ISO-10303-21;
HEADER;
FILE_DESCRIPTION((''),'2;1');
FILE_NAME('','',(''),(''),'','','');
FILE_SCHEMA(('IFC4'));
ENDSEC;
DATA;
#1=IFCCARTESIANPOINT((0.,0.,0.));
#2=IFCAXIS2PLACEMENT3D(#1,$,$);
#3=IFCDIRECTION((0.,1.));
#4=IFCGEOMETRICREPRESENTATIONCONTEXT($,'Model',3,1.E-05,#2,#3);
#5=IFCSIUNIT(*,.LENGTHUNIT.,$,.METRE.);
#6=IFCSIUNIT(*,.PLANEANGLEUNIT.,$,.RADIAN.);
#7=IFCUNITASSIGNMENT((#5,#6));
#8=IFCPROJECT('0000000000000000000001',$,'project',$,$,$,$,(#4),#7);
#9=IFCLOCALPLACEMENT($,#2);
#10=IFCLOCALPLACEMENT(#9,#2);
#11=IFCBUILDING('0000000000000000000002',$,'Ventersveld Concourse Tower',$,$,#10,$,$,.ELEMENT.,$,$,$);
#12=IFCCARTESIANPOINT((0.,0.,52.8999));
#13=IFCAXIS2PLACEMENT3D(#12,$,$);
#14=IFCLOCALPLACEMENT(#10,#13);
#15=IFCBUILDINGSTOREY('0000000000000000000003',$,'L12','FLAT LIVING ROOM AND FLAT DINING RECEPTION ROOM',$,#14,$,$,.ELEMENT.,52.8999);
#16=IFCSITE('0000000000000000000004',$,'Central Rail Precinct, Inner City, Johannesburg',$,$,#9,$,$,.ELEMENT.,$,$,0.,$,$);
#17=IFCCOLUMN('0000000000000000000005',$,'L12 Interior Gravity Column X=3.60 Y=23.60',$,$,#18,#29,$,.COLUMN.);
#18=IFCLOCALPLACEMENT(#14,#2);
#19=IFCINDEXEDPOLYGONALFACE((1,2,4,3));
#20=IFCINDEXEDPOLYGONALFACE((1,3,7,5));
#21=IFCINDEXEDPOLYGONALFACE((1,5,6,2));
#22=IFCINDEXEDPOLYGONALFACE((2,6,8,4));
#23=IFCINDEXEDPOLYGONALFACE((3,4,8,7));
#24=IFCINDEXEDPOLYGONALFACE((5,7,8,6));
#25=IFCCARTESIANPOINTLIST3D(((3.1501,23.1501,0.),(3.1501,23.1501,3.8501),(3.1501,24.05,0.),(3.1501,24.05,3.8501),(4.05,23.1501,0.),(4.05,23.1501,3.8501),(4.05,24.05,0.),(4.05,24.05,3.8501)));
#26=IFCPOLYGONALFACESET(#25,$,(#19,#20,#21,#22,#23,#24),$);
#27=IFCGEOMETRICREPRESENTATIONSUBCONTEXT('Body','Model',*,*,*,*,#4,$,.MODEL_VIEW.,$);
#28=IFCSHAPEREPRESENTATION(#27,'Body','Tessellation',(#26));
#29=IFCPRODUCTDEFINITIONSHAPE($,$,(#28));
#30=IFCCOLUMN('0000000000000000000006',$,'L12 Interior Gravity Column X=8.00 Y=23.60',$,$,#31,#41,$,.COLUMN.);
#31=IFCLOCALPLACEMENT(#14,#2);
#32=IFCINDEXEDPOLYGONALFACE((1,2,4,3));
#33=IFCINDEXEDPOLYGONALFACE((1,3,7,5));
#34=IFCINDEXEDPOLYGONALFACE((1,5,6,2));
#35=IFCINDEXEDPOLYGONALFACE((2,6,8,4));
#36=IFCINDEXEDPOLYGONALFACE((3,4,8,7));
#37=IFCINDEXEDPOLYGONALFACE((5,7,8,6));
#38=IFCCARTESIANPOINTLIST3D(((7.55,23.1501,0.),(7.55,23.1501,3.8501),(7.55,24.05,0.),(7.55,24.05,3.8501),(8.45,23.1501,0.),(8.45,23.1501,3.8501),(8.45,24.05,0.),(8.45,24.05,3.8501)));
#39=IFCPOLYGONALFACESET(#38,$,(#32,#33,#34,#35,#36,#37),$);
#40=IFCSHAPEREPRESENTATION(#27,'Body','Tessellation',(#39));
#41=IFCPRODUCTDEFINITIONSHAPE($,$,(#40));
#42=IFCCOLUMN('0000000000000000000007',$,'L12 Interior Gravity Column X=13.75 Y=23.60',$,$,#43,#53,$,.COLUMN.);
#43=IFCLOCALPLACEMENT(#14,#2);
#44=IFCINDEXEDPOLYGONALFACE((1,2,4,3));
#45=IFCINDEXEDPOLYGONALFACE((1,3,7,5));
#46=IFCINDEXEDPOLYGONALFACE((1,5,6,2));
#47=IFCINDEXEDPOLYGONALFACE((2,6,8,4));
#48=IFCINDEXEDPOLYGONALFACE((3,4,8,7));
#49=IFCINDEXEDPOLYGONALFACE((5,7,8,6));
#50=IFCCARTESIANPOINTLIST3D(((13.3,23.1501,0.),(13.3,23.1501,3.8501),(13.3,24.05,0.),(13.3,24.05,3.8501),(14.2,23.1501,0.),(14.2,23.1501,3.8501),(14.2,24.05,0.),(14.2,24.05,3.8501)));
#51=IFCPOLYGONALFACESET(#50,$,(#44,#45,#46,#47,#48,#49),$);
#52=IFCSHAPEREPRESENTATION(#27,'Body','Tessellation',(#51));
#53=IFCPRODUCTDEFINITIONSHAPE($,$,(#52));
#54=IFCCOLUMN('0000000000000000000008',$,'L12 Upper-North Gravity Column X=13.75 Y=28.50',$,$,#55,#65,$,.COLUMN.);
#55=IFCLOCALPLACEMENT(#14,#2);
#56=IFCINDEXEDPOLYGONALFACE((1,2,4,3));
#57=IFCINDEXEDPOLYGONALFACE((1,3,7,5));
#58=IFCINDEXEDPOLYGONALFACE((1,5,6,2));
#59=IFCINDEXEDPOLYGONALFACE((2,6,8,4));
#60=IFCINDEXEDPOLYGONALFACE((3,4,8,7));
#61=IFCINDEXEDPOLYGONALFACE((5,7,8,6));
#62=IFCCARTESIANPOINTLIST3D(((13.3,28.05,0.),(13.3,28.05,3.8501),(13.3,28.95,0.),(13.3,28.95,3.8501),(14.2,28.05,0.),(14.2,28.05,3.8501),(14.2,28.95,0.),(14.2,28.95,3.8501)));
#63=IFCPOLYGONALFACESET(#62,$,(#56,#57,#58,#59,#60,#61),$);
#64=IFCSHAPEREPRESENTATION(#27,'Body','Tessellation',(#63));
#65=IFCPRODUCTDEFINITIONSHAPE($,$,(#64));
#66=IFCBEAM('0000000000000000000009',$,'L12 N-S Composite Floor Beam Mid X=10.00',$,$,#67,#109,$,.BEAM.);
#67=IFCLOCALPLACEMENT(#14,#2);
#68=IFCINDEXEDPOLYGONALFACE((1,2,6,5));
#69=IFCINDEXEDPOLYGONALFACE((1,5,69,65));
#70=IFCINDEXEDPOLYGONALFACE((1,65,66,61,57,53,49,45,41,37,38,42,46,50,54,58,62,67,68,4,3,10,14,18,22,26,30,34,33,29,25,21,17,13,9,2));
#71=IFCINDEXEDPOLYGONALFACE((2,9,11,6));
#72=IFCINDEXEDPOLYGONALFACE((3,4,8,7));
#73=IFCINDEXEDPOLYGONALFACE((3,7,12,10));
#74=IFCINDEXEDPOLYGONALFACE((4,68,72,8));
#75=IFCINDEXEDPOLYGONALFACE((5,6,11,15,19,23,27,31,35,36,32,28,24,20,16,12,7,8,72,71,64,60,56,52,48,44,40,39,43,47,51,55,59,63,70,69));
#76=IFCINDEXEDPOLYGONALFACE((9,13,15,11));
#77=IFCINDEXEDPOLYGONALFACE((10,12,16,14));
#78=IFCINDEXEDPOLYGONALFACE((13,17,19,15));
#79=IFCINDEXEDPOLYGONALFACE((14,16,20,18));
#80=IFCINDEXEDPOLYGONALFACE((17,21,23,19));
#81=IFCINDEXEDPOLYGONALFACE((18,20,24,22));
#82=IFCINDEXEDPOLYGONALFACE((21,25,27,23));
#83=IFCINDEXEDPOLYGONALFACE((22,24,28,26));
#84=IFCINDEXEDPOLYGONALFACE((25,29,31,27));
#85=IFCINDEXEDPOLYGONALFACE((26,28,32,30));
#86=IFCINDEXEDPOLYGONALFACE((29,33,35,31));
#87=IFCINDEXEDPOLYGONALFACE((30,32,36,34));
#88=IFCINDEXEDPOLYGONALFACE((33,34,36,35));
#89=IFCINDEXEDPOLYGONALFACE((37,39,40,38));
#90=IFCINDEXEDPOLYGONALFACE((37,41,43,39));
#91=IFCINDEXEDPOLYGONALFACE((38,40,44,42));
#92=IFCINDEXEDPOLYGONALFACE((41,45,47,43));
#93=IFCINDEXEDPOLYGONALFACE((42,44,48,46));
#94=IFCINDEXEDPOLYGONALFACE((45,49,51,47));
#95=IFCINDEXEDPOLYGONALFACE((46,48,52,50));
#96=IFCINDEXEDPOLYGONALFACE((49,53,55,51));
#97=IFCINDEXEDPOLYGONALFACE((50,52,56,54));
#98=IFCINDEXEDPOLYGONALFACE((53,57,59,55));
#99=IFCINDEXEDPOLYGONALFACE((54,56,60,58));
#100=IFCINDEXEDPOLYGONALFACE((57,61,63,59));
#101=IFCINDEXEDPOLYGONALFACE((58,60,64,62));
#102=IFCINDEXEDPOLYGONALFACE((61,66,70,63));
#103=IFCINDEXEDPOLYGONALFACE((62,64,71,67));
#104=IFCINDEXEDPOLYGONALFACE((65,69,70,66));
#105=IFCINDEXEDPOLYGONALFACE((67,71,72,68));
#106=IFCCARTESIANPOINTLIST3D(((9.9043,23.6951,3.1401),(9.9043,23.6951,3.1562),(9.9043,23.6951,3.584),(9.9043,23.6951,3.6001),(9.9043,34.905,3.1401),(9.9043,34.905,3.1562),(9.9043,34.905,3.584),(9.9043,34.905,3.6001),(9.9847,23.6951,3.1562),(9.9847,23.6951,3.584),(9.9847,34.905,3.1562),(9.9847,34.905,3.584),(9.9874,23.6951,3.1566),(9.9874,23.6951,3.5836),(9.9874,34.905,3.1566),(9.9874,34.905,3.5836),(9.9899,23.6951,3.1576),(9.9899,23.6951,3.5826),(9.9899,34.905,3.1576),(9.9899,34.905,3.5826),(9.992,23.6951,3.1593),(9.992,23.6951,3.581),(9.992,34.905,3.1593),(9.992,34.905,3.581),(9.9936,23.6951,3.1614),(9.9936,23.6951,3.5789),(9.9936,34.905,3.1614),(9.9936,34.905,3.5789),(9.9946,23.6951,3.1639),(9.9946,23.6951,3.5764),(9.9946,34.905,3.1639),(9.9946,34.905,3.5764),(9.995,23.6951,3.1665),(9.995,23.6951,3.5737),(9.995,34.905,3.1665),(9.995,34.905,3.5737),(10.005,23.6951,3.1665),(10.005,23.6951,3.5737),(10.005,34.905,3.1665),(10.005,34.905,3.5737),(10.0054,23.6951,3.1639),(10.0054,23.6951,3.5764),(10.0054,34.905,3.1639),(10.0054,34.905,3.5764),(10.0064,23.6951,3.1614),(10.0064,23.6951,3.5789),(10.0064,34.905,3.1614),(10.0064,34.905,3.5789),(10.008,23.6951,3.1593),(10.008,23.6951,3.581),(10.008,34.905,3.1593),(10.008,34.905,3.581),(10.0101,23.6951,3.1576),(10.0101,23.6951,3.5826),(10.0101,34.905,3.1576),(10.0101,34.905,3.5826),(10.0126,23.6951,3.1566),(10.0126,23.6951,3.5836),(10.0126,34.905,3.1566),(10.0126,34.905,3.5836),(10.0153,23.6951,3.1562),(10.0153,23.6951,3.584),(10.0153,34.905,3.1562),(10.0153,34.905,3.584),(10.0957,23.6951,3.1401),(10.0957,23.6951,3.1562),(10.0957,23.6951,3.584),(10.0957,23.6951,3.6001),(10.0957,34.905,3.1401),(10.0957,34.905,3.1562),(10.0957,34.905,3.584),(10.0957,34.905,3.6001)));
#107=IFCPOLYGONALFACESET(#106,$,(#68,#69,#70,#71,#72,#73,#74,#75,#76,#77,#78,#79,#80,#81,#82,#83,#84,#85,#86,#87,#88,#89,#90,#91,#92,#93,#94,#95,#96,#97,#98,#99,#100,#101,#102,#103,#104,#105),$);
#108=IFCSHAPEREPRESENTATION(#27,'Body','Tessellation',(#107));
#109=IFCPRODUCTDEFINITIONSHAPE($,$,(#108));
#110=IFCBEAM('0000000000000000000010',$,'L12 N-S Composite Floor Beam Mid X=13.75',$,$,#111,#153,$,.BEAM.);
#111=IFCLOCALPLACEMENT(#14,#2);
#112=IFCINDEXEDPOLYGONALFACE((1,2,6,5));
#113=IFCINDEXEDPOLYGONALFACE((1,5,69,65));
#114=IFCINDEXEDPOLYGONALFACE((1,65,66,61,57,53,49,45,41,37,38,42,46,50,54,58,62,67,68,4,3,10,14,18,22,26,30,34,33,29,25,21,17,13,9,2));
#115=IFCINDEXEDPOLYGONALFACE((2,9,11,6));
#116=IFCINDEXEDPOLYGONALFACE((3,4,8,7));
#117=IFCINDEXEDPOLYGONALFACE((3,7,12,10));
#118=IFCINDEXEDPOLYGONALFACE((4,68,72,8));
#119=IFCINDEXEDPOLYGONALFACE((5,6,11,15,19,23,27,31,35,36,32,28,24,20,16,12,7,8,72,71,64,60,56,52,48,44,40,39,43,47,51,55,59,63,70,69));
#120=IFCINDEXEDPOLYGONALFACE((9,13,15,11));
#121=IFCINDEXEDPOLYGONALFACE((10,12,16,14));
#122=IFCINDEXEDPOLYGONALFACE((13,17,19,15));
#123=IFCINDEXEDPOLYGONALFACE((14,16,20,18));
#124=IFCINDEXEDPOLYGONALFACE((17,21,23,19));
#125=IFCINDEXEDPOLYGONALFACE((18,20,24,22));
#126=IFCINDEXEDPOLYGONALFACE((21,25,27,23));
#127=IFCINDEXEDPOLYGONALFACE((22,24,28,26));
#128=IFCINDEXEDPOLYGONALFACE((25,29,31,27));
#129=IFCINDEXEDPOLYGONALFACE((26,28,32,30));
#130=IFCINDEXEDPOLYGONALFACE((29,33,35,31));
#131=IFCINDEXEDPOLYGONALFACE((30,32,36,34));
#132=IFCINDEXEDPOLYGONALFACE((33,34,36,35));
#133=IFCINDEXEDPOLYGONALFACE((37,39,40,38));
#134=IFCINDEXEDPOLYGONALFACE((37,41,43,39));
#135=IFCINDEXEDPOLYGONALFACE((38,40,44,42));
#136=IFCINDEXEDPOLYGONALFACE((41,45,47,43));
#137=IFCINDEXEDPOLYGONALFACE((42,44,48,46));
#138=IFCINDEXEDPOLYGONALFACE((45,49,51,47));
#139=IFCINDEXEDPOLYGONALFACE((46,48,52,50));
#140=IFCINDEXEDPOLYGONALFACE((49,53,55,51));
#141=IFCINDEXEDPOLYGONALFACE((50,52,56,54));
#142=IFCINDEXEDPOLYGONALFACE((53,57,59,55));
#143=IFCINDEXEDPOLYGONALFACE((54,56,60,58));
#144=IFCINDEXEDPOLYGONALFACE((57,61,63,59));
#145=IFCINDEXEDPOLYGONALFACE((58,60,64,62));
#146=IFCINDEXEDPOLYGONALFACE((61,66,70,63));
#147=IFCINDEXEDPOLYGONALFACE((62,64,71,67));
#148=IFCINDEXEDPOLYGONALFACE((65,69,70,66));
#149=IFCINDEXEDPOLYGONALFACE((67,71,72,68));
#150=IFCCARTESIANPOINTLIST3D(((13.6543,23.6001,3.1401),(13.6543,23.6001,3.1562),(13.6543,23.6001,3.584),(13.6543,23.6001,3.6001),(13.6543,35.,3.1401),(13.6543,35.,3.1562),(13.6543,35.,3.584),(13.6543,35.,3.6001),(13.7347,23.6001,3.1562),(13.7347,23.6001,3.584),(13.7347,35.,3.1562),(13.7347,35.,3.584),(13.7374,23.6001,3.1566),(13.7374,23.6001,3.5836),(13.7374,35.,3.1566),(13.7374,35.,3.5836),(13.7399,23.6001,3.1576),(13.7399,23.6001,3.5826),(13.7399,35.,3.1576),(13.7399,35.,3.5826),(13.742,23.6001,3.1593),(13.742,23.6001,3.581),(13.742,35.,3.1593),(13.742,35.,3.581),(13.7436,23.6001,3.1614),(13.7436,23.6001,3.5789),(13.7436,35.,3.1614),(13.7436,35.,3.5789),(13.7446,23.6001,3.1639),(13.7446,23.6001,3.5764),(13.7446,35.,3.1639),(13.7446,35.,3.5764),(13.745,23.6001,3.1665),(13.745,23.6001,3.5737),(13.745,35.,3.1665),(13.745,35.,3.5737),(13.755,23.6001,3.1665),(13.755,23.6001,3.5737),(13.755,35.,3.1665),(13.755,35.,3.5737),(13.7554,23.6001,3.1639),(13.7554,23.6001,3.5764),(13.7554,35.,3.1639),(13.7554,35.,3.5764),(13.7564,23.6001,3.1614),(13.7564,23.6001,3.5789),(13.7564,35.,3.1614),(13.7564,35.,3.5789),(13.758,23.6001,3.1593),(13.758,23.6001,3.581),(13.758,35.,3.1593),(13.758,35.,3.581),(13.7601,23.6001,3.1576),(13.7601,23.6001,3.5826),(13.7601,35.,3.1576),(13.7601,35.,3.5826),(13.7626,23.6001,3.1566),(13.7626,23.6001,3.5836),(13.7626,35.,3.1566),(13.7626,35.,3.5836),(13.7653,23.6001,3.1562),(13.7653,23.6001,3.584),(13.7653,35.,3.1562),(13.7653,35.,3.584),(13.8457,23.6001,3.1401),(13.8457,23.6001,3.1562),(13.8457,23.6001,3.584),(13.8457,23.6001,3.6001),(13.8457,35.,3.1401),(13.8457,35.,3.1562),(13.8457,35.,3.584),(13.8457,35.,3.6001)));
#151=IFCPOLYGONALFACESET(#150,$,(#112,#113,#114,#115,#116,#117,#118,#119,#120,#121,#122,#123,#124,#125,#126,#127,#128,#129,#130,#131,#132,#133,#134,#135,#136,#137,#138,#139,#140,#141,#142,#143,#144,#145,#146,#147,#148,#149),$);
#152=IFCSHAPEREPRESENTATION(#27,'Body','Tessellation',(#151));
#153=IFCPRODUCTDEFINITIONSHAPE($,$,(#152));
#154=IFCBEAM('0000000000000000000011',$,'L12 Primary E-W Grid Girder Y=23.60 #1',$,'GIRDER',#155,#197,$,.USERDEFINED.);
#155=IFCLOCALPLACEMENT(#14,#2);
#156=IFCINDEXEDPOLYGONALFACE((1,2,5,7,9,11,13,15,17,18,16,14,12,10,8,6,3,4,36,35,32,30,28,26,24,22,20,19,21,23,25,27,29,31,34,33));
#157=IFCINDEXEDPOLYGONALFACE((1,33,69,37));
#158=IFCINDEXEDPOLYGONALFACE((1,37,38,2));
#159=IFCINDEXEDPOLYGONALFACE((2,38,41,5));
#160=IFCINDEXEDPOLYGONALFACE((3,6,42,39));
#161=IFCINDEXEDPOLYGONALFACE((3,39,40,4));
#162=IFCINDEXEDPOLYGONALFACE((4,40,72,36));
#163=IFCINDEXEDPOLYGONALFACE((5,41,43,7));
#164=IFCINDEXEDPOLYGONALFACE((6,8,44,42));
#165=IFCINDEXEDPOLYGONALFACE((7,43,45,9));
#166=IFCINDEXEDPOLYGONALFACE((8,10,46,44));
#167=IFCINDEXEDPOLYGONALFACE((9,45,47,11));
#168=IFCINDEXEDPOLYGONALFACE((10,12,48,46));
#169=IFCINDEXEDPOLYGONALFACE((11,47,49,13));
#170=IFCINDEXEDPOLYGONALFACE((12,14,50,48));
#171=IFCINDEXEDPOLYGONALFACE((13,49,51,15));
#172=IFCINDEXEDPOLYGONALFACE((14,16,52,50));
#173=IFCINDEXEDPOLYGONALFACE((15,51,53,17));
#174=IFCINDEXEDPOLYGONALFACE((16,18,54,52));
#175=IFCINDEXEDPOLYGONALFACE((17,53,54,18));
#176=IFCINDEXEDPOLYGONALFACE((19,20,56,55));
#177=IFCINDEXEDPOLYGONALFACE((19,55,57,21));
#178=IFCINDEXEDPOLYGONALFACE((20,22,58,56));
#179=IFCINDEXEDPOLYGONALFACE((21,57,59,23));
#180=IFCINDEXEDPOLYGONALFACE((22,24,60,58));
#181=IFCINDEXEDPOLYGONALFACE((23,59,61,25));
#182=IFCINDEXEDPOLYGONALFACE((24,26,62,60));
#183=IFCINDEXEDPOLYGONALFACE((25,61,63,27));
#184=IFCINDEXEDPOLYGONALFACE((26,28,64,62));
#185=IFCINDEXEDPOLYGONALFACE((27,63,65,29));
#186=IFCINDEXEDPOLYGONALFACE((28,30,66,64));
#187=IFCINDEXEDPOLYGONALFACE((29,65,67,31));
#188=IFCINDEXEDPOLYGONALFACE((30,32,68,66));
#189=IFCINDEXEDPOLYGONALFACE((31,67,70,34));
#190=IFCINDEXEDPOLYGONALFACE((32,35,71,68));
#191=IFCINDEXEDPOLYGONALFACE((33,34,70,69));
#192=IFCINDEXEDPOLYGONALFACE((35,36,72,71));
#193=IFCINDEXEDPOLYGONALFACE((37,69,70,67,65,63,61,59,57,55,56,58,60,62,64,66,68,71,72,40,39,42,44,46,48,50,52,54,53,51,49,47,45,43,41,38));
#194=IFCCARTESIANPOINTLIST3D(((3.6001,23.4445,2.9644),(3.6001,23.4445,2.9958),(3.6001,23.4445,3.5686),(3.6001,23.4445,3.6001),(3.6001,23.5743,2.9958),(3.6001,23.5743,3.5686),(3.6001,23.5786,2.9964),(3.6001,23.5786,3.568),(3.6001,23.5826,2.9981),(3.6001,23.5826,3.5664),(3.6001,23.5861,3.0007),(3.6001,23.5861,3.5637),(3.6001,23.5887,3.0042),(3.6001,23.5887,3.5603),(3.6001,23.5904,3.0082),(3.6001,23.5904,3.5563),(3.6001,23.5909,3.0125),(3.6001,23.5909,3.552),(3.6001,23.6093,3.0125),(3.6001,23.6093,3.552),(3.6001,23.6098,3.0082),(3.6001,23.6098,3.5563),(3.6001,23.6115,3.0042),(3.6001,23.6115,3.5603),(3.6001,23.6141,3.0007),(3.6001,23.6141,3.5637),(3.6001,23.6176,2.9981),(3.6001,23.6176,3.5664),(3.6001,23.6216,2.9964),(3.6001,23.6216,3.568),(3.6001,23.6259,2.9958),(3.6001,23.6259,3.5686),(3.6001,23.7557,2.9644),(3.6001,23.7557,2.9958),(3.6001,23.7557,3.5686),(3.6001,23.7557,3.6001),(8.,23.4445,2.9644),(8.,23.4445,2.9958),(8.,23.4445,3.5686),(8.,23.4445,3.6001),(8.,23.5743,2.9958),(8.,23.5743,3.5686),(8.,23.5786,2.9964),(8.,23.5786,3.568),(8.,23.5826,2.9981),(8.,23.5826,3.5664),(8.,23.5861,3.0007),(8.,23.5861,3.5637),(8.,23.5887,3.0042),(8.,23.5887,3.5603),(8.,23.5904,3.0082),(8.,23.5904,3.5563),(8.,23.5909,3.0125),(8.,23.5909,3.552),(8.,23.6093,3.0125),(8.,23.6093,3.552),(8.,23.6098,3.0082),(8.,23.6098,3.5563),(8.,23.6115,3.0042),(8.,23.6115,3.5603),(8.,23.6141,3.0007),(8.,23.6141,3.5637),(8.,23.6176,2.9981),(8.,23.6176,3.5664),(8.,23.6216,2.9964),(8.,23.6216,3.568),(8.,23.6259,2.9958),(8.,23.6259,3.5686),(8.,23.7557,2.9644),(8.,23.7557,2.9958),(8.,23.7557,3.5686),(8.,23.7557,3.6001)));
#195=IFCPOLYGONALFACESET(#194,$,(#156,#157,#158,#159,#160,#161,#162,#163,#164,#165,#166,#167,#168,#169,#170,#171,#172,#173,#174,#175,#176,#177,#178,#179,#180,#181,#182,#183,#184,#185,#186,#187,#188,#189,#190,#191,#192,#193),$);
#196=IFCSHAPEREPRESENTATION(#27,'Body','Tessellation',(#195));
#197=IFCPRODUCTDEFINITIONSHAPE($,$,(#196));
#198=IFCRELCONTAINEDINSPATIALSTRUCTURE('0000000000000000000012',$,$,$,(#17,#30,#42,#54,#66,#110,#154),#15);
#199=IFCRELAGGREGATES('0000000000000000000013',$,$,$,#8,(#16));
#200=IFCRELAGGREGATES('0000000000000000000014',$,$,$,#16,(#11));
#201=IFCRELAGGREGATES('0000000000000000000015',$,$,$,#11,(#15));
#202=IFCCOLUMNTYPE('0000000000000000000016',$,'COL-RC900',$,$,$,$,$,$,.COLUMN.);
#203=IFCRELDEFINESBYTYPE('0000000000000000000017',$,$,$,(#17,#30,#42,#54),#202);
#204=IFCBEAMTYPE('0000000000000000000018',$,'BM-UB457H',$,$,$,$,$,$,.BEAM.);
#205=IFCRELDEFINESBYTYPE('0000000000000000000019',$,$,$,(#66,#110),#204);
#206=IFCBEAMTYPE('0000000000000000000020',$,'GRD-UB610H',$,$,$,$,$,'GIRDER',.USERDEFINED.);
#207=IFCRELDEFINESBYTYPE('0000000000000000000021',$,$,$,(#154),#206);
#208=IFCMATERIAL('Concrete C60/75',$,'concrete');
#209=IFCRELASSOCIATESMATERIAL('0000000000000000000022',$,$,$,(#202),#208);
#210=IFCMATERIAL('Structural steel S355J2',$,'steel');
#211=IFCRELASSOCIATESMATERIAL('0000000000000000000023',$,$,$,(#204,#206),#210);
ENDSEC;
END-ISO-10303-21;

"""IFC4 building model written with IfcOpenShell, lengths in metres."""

from ifc_helpers import new_model, si_unit, direction, frame, origin, origin_2d, place, context, subcontext, project, spatial, rectangle, i_section, extrude, material, material_profile, profile_set, type_object, element, save


model = new_model("IFC4")

# Units and contexts
model_context = context("Model", 3, precision=1e-05, world=origin(), true_north=direction((0.0, 1.0)))
body_context = subcontext(model_context, "Body", "Model", "MODEL_VIEW")
ifc_project = project(units=[si_unit("LENGTHUNIT", "METRE"), si_unit("PLANEANGLEUNIT", "RADIAN")], contexts=[model_context])

# Site, building, storey
site_placement = place(None, origin())
site = spatial("IfcSite", under=ifc_project, at=site_placement, Name="Central Rail Precinct, Inner City, Johannesburg", CompositionType="ELEMENT", RefElevation=0.0)
building_placement = place(site_placement, origin())
building = spatial("IfcBuilding", under=site, at=building_placement, Name="Ventersveld Concourse Tower", CompositionType="ELEMENT")
storey_placement = place(building_placement, frame((0.0, 0.0, 52.8999)))
storey = spatial("IfcBuildingStorey", under=building, at=storey_placement, Name="L12", Description="FLAT LIVING ROOM AND FLAT DINING RECEPTION ROOM", CompositionType="ELEMENT", Elevation=52.8999)

# Columns
ifc_material_1 = material(Name="Concrete C60/75", Category="concrete")
ifc_material_profile_1 = material_profile(ifc_material_1, rectangle(XDim=0.8999, YDim=0.8999, at=origin_2d()), Name="RC 900x900")
ifc_profile_set_1 = profile_set([ifc_material_profile_1], Name="Concrete C60/75")
column_type = type_object("IfcColumnType", Name="COL-RC900", PredefinedType="COLUMN", material=ifc_profile_set_1)
for number, where, z_axis, x_axis, name in (
    (1, (3.6001, 23.6001, 0.0), (0.0, 0.0, 1.0), (1.0, 0.0, 0.0), "L12 Interior Gravity Column X=3.60 Y=23.60"),
    (2, (8.0, 23.6001, 0.0), (0.0, 0.0, 1.0), (1.0, 0.0, 0.0), "L12 Interior Gravity Column X=8.00 Y=23.60"),
    (3, (13.75, 23.6001, 0.0), (0.0, 0.0, 1.0), (1.0, 0.0, 0.0), "L12 Interior Gravity Column X=13.75 Y=23.60"),
    (4, (13.75, 28.5, 0.0), (0.0, 0.0, 1.0), (1.0, 0.0, 0.0), "L12 Upper-North Gravity Column X=13.75 Y=28.50"),
):
    element("IfcColumn", number, at=place(storey_placement, frame(where, z_axis=z_axis, x_axis=x_axis)), inside=storey, type_object=column_type, Name=name, PredefinedType="COLUMN", context=body_context, shape_type="SweptSolid", body=[
        extrude(rectangle(XDim=0.8999, YDim=0.8999, at=origin_2d()), origin(), (0.0, 0.0, 1.0), 3.8501),
    ])

# Beams
ifc_material_2 = material(Name="Structural steel S355J2", Category="steel")
ifc_material_profile_2 = material_profile(ifc_material_2, i_section(OverallWidth=0.1914, OverallDepth=0.46, WebThickness=0.01, FlangeThickness=0.0161, FilletRadius=0.0103, at=origin_2d()), Name="UB 457x191x82")
ifc_profile_set_2 = profile_set([ifc_material_profile_2], Name="Structural steel S355J2")
beam_type_1 = type_object("IfcBeamType", Name="BM-UB457H", PredefinedType="BEAM", material=ifc_profile_set_2)
beam_1_placement = place(storey_placement, frame((10.0, 23.6951, 3.3701), z_axis=(0.0, 1.0, 0.0), x_axis=(-1.0, 0.0, 0.0)))
element("IfcBeam", 5, at=beam_1_placement, inside=storey, type_object=beam_type_1, Name="L12 N-S Composite Floor Beam Mid X=10.00", PredefinedType="BEAM", context=body_context, shape_type="SweptSolid", body=[
    extrude(i_section(OverallWidth=0.1914, OverallDepth=0.46, WebThickness=0.01, FlangeThickness=0.0161, FilletRadius=0.0103, at=origin_2d()), origin(), (0.0, 0.0, 1.0), 11.21),
])
beam_2_placement = place(storey_placement, frame((13.75, 23.6001, 3.3701), z_axis=(0.0, 1.0, 0.0), x_axis=(-1.0, 0.0, 0.0)))
element("IfcBeam", 6, at=beam_2_placement, inside=storey, type_object=beam_type_1, Name="L12 N-S Composite Floor Beam Mid X=13.75", PredefinedType="BEAM", context=body_context, shape_type="SweptSolid", body=[
    extrude(i_section(OverallWidth=0.1914, OverallDepth=0.46, WebThickness=0.01, FlangeThickness=0.0161, FilletRadius=0.0103, at=origin_2d()), origin(), (0.0, 0.0, 1.0), 11.3999),
])
ifc_material_profile_3 = material_profile(ifc_material_2, i_section(OverallWidth=0.3113, OverallDepth=0.6357, WebThickness=0.0183, FlangeThickness=0.0315, FilletRadius=0.0166, at=origin_2d()), Name="UB 610x305x238")
ifc_profile_set_3 = profile_set([ifc_material_profile_3], Name="Structural steel S355J2")
beam_type_2 = type_object("IfcBeamType", Name="GRD-UB610H", ElementType="GIRDER", PredefinedType="USERDEFINED", material=ifc_profile_set_3)
beam_3_placement = place(storey_placement, frame((3.6001, 23.6001, 3.2822), z_axis=(1.0, 0.0, 0.0), x_axis=(0.0, 1.0, 0.0)))
element("IfcBeam", 7, at=beam_3_placement, inside=storey, type_object=beam_type_2, Name="L12 Primary E-W Grid Girder Y=23.60 #1", ObjectType="GIRDER", PredefinedType="USERDEFINED", context=body_context, shape_type="SweptSolid", body=[
    extrude(i_section(OverallWidth=0.3113, OverallDepth=0.6357, WebThickness=0.0183, FlangeThickness=0.0315, FilletRadius=0.0166, at=origin_2d()), origin(), (0.0, 0.0, 1.0), 4.3999),
])

save(model, "model.ifc")
